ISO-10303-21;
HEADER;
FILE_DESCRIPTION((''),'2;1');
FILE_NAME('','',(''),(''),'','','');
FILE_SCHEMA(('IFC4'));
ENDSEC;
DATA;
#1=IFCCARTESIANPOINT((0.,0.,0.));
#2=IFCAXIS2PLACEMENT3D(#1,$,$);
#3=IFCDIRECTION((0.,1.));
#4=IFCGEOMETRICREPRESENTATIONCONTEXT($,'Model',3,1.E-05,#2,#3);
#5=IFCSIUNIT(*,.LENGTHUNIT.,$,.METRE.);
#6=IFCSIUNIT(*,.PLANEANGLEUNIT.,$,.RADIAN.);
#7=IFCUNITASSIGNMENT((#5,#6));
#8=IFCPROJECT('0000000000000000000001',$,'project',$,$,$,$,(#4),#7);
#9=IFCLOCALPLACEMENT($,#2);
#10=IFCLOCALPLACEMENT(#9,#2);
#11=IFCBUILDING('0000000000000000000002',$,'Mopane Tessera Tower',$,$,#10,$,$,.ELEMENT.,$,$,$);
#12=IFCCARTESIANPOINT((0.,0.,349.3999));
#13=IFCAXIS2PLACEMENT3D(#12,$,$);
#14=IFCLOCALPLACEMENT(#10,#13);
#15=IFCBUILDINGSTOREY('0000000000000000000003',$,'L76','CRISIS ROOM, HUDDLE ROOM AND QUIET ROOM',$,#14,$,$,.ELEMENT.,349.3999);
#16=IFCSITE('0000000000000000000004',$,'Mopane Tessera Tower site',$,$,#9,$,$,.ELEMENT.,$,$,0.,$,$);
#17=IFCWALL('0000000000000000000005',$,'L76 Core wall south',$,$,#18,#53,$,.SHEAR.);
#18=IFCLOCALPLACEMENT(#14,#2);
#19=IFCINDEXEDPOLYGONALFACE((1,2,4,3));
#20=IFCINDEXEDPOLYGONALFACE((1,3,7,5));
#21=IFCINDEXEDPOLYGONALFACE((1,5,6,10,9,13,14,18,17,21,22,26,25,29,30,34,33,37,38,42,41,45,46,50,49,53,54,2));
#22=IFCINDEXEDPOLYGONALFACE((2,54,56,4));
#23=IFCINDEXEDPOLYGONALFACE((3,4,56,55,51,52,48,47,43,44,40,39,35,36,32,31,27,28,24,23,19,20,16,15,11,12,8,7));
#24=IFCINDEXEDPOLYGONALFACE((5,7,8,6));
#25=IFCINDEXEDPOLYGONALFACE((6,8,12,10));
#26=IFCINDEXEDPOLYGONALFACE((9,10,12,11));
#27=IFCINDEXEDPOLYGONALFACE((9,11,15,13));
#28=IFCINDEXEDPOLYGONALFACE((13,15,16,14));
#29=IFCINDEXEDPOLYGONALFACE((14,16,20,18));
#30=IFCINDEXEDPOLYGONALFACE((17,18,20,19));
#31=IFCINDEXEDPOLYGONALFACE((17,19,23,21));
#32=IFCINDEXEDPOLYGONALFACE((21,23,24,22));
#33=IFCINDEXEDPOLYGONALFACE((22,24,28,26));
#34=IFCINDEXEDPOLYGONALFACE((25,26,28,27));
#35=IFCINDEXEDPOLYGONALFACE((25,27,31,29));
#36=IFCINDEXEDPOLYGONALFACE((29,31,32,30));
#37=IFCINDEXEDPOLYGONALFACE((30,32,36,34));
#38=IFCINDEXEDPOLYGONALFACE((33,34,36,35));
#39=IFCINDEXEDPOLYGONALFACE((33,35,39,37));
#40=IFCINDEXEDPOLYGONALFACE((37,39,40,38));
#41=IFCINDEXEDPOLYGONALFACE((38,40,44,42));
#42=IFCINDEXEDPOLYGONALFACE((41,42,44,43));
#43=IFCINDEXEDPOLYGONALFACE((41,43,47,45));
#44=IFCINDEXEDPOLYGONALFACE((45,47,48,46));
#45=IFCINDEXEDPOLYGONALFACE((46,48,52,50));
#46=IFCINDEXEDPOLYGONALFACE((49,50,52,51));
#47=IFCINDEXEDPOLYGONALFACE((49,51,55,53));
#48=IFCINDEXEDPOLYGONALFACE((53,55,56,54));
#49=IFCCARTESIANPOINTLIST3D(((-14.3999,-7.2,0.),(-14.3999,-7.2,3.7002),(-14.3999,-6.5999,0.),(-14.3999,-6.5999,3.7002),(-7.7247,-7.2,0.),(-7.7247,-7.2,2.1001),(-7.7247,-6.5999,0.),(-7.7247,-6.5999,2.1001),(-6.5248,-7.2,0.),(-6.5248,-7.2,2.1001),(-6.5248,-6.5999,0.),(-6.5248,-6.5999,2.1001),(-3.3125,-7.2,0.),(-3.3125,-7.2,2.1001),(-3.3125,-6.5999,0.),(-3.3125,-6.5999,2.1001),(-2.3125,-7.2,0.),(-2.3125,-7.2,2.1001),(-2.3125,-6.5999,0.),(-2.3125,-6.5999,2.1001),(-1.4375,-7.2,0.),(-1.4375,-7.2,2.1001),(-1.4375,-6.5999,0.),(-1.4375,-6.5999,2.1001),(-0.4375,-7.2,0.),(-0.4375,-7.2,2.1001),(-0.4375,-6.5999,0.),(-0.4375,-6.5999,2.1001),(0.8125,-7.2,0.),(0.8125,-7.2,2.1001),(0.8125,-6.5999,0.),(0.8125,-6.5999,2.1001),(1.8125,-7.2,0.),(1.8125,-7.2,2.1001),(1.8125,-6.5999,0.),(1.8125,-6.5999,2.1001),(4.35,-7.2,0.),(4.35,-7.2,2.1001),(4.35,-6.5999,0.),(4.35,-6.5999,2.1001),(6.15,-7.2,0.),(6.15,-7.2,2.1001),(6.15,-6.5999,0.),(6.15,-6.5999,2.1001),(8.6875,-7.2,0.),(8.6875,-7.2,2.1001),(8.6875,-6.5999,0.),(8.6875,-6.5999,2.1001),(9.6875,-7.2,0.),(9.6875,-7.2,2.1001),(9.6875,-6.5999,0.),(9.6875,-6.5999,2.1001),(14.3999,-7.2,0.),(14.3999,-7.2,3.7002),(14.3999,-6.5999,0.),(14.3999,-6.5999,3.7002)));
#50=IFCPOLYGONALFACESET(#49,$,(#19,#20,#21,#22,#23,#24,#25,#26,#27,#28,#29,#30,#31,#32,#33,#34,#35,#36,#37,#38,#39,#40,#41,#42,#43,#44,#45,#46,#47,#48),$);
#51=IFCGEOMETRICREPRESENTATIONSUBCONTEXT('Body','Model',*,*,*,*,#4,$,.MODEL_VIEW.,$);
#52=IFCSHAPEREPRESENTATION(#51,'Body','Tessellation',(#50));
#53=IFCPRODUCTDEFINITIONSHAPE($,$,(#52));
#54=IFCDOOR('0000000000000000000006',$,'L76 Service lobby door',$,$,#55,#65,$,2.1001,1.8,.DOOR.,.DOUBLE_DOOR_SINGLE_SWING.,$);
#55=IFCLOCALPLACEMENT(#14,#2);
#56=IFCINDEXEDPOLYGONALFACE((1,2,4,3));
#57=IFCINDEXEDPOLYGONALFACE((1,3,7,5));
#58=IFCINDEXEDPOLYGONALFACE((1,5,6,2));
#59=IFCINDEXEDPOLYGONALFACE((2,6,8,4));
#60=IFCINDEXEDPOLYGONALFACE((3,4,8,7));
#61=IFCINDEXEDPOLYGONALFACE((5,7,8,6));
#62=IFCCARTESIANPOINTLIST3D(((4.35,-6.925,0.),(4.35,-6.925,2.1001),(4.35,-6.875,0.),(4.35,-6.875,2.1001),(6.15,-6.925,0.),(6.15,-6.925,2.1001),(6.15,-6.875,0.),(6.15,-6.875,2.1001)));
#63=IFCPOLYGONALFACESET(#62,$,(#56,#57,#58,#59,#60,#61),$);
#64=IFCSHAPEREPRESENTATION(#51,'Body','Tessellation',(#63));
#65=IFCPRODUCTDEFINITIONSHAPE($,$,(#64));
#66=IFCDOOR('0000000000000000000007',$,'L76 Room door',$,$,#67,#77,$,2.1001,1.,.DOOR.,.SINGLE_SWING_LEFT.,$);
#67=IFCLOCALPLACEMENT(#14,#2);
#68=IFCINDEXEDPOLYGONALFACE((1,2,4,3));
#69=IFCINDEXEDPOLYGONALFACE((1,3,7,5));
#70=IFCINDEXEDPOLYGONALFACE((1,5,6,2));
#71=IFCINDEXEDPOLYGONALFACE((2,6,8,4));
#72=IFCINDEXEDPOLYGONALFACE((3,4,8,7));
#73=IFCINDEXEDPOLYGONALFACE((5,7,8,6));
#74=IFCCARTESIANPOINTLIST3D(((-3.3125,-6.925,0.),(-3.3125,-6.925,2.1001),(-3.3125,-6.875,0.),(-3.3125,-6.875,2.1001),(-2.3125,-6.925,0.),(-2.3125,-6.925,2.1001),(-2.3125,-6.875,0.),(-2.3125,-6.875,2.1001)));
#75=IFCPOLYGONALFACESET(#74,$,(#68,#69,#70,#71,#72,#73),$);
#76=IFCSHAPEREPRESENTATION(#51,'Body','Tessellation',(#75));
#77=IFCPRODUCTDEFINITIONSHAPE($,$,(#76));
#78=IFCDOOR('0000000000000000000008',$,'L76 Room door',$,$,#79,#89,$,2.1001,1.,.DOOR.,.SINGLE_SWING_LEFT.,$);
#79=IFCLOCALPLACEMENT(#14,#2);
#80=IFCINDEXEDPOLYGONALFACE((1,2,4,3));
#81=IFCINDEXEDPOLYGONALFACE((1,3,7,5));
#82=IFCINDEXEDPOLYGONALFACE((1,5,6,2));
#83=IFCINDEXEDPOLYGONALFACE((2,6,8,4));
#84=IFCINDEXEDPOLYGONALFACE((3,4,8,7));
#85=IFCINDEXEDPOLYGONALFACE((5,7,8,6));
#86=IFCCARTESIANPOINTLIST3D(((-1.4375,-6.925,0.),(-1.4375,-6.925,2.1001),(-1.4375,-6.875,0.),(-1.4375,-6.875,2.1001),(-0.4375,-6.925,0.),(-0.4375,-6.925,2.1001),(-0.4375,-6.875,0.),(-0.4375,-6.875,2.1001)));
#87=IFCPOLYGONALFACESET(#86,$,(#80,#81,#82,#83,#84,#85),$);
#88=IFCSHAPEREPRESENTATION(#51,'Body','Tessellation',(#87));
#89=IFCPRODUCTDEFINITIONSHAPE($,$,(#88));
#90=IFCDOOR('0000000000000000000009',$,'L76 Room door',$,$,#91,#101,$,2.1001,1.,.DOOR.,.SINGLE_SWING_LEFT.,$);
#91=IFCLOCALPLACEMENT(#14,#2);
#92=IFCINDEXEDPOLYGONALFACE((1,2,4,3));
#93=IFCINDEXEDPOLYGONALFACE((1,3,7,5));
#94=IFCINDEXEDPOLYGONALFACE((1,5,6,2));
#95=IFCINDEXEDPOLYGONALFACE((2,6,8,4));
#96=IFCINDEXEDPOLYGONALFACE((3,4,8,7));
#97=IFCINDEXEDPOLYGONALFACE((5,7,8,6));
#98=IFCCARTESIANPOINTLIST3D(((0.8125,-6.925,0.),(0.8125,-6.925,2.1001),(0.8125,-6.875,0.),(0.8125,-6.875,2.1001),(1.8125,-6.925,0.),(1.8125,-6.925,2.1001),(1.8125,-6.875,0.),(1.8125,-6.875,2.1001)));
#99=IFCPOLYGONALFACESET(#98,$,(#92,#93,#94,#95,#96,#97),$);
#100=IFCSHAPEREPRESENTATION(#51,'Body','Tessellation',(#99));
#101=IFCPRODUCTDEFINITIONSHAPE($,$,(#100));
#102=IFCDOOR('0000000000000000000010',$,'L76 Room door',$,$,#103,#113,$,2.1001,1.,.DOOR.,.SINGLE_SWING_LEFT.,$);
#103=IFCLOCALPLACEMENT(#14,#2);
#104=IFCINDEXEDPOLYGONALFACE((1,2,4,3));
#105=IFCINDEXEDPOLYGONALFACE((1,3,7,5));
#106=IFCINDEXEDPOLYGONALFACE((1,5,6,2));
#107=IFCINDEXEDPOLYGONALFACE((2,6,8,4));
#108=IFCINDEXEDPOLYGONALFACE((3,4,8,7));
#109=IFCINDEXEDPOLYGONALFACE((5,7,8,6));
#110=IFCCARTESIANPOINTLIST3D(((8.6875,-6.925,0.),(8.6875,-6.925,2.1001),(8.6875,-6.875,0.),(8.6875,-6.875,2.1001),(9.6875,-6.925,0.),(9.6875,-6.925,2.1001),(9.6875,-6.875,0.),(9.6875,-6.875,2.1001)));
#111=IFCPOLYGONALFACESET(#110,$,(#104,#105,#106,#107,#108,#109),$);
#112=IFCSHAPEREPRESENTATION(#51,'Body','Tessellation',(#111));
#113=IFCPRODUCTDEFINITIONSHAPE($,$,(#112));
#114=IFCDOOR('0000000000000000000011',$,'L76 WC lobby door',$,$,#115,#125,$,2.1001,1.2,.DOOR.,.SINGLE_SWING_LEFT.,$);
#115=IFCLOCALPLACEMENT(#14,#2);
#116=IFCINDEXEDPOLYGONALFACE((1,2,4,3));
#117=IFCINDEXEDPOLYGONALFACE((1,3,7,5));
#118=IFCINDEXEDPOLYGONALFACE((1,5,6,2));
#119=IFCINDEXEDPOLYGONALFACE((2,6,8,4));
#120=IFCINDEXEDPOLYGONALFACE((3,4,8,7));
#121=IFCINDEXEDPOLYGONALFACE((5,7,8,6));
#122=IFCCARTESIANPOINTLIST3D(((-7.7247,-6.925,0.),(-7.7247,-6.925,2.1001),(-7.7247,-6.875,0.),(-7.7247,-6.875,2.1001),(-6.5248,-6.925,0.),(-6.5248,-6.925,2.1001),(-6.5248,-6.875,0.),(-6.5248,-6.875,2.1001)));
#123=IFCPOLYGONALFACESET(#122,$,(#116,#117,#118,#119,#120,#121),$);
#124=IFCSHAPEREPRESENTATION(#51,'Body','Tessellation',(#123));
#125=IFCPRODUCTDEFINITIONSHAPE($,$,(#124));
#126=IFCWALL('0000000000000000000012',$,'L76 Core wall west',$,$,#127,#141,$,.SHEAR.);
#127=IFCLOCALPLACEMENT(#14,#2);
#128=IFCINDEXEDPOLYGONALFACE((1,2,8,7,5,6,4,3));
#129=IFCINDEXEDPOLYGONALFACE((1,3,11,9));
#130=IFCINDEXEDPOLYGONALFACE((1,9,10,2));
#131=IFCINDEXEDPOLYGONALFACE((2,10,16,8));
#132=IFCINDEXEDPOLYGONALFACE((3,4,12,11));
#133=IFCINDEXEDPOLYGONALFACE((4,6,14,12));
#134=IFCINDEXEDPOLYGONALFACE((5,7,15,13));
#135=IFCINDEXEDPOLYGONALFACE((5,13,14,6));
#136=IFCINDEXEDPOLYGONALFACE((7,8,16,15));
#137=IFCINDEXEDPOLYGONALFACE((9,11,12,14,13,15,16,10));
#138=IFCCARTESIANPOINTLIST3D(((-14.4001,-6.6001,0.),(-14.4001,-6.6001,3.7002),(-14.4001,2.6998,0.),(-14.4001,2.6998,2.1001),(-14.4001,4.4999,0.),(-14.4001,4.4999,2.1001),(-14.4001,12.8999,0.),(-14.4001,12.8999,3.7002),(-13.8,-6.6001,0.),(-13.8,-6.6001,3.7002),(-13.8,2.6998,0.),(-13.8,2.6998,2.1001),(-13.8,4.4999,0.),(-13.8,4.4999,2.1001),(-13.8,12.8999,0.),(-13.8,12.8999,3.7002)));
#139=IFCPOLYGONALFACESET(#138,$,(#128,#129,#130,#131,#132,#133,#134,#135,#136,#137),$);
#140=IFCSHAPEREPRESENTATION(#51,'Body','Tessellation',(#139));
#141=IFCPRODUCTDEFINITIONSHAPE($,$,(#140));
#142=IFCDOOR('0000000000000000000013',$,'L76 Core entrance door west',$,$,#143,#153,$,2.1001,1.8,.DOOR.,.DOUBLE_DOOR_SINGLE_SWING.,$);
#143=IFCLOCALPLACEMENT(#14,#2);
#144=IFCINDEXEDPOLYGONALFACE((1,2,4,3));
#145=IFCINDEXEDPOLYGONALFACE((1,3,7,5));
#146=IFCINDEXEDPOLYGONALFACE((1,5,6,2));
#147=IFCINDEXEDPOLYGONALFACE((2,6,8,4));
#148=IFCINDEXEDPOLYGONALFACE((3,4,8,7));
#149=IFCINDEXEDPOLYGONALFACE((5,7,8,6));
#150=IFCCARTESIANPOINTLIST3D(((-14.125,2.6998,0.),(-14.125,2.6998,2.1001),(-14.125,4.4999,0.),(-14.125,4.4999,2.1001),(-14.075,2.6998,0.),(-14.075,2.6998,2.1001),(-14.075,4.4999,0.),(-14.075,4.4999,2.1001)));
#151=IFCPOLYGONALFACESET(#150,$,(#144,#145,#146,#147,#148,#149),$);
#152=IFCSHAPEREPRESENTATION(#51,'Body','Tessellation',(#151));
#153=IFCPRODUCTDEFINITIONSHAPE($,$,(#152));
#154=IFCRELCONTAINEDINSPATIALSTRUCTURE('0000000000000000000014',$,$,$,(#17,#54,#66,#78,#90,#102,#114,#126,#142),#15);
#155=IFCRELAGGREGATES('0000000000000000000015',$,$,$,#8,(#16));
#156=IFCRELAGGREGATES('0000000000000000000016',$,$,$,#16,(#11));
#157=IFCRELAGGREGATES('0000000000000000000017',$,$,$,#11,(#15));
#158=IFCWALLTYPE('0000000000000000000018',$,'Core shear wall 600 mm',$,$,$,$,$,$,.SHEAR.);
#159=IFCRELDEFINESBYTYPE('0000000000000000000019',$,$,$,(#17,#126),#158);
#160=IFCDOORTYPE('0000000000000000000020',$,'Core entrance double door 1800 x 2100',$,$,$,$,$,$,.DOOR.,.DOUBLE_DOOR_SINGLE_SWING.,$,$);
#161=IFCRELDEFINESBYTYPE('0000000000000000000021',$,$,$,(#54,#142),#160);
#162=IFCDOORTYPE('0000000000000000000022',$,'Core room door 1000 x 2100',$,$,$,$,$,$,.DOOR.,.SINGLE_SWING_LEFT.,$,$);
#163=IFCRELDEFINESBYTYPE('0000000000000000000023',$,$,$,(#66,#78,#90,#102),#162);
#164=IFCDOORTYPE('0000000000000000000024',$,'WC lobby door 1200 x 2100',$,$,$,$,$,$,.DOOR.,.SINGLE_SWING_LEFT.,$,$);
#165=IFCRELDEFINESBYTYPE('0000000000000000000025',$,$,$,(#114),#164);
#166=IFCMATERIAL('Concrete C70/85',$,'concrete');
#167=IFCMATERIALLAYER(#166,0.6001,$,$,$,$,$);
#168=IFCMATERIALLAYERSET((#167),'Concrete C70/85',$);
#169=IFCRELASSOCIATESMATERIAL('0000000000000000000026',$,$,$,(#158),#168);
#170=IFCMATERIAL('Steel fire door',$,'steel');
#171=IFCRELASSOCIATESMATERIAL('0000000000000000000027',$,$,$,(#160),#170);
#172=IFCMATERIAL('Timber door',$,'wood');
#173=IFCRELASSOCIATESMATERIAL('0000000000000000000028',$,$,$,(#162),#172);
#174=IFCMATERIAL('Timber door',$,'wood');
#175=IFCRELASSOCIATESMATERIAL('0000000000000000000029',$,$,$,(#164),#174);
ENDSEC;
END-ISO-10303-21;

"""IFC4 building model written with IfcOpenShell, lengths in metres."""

from ifc_helpers import new_model, si_unit, direction, frame, frame_2d, origin, place, context, subcontext, project, spatial, rectangle, extrude, material, layer, layer_set, type_object, element, fill, save


model = new_model("IFC4")

# Units and contexts
model_context = context("Model", 3, precision=1e-05, world=origin(), true_north=direction((0.0, 1.0)))
body_context = subcontext(model_context, "Body", "Model", "MODEL_VIEW")
ifc_project = project(units=[si_unit("LENGTHUNIT", "METRE"), si_unit("PLANEANGLEUNIT", "RADIAN")], contexts=[model_context])

# Site, building, storey
site_placement = place(None, origin())
site = spatial("IfcSite", under=ifc_project, at=site_placement, Name="Mopane Tessera Tower site", CompositionType="ELEMENT", RefElevation=0.0)
building_placement = place(site_placement, origin())
building = spatial("IfcBuilding", under=site, at=building_placement, Name="Mopane Tessera Tower", CompositionType="ELEMENT")
storey_placement = place(building_placement, frame((0.0, 0.0, 349.3999)))
storey = spatial("IfcBuildingStorey", under=building, at=storey_placement, Name="L76", Description="CRISIS ROOM, HUDDLE ROOM AND QUIET ROOM", CompositionType="ELEMENT", Elevation=349.3999)

# Wall, openings, doors
ifc_material_1 = material(Name="Concrete C70/85", Category="concrete")
ifc_layer_1 = layer(ifc_material_1, 0.6001)
ifc_layer_set_1 = layer_set([ifc_layer_1], Name="Concrete C70/85")
wall_type_1 = type_object("IfcWallType", Name="Core shear wall 600 mm", PredefinedType="SHEAR", material=ifc_layer_set_1)
wall_1_placement = place(storey_placement, frame((-14.3999, -6.8999, 0.0), z_axis=(0.0, 0.0, 1.0), x_axis=(1.0, 0.0, 0.0)))
wall_1 = element("IfcWall", 1, at=wall_1_placement, inside=storey, type_object=wall_type_1, Name="L76 Core wall south", PredefinedType="SHEAR", context=body_context, shape_type="SweptSolid", body=[
    extrude(rectangle(XDim=28.7998, YDim=0.6001, at=frame_2d((14.3999, 0.0))), origin(), (0.0, 0.0, 1.0), 3.7002),
])
opening_1_placement = place(wall_1_placement, frame((6.675, 0.0, 0.0)))
opening_1 = element("IfcOpeningElement", 2, at=opening_1_placement, cuts=wall_1, PredefinedType="OPENING", context=body_context, shape_type="SweptSolid", body=[
    extrude(rectangle(XDim=1.2, YDim=2.1001, at=frame_2d((0.6001, 1.05))), frame((0.0, 0.312, 0.0), z_axis=(0.0, -1.0, 0.0), x_axis=(1.0, 0.0, 0.0)), (0.0, 0.0, 1.0), 0.624),
])
opening_2_placement = place(wall_1_placement, frame((11.0874, 0.0, 0.0)))
opening_2 = element("IfcOpeningElement", 3, at=opening_2_placement, cuts=wall_1, PredefinedType="OPENING", context=body_context, shape_type="SweptSolid", body=[
    extrude(rectangle(XDim=1.0, YDim=2.1001, at=frame_2d((0.5, 1.05))), frame((0.0, 0.312, 0.0), z_axis=(0.0, -1.0, 0.0), x_axis=(1.0, 0.0, 0.0)), (0.0, 0.0, 1.0), 0.624),
])
opening_3_placement = place(wall_1_placement, frame((12.9624, 0.0, 0.0)))
opening_3 = element("IfcOpeningElement", 4, at=opening_3_placement, cuts=wall_1, PredefinedType="OPENING", context=body_context, shape_type="SweptSolid", body=[
    extrude(rectangle(XDim=1.0, YDim=2.1001, at=frame_2d((0.5, 1.05))), frame((0.0, 0.312, 0.0), z_axis=(0.0, -1.0, 0.0), x_axis=(1.0, 0.0, 0.0)), (0.0, 0.0, 1.0), 0.624),
])
opening_4_placement = place(wall_1_placement, frame((15.2124, 0.0, 0.0)))
opening_4 = element("IfcOpeningElement", 5, at=opening_4_placement, cuts=wall_1, PredefinedType="OPENING", context=body_context, shape_type="SweptSolid", body=[
    extrude(rectangle(XDim=1.0, YDim=2.1001, at=frame_2d((0.5, 1.05))), frame((0.0, 0.312, 0.0), z_axis=(0.0, -1.0, 0.0), x_axis=(1.0, 0.0, 0.0)), (0.0, 0.0, 1.0), 0.624),
])
opening_5_placement = place(wall_1_placement, frame((18.75, 0.0, 0.0)))
opening_5 = element("IfcOpeningElement", 6, at=opening_5_placement, cuts=wall_1, PredefinedType="OPENING", context=body_context, shape_type="SweptSolid", body=[
    extrude(rectangle(XDim=1.8, YDim=2.1001, at=frame_2d((0.8999, 1.05))), frame((0.0, 0.312, 0.0), z_axis=(0.0, -1.0, 0.0), x_axis=(1.0, 0.0, 0.0)), (0.0, 0.0, 1.0), 0.624),
])
opening_6_placement = place(wall_1_placement, frame((23.0874, 0.0, 0.0)))
opening_6 = element("IfcOpeningElement", 7, at=opening_6_placement, cuts=wall_1, PredefinedType="OPENING", context=body_context, shape_type="SweptSolid", body=[
    extrude(rectangle(XDim=1.0, YDim=2.1001, at=frame_2d((0.5, 1.05))), frame((0.0, 0.312, 0.0), z_axis=(0.0, -1.0, 0.0), x_axis=(1.0, 0.0, 0.0)), (0.0, 0.0, 1.0), 0.624),
])
ifc_material_2 = material(Name="Steel fire door", Category="steel")
door_type_1 = type_object("IfcDoorType", Name="Core entrance double door 1800 x 2100", OperationType="DOUBLE_DOOR_SINGLE_SWING", PredefinedType="DOOR", material=ifc_material_2)
door_1_placement = place(opening_5_placement, origin())
door_1 = element("IfcDoor", 8, at=door_1_placement, inside=storey, type_object=door_type_1, Name="L76 Service lobby door", OperationType="DOUBLE_DOOR_SINGLE_SWING", OverallHeight=2.1001, OverallWidth=1.8, PredefinedType="DOOR", context=body_context, shape_type="SweptSolid", body=[
    extrude(rectangle(XDim=1.8, YDim=2.1001, at=frame_2d((0.8999, 1.05))), frame((0.0, 0.0249, 0.0), z_axis=(0.0, -1.0, 0.0), x_axis=(1.0, 0.0, 0.0)), (0.0, 0.0, 1.0), 0.05),
])
fill(opening_5, door_1)
ifc_material_3 = material(Name="Timber door", Category="wood")
door_type_2 = type_object("IfcDoorType", Name="Core room door 1000 x 2100", OperationType="SINGLE_SWING_LEFT", PredefinedType="DOOR", material=ifc_material_3)
door_2_placement = place(opening_2_placement, origin())
door_2 = element("IfcDoor", 9, at=door_2_placement, inside=storey, type_object=door_type_2, Name="L76 Room door", OperationType="SINGLE_SWING_LEFT", OverallHeight=2.1001, OverallWidth=1.0, PredefinedType="DOOR", context=body_context, shape_type="SweptSolid", body=[
    extrude(rectangle(XDim=1.0, YDim=2.1001, at=frame_2d((0.5, 1.05))), frame((0.0, 0.0249, 0.0), z_axis=(0.0, -1.0, 0.0), x_axis=(1.0, 0.0, 0.0)), (0.0, 0.0, 1.0), 0.05),
])
fill(opening_2, door_2)
door_3_placement = place(opening_3_placement, origin())
door_3 = element("IfcDoor", 10, at=door_3_placement, inside=storey, type_object=door_type_2, Name="L76 Room door", OperationType="SINGLE_SWING_LEFT", OverallHeight=2.1001, OverallWidth=1.0, PredefinedType="DOOR", context=body_context, shape_type="SweptSolid", body=[
    extrude(rectangle(XDim=1.0, YDim=2.1001, at=frame_2d((0.5, 1.05))), frame((0.0, 0.0249, 0.0), z_axis=(0.0, -1.0, 0.0), x_axis=(1.0, 0.0, 0.0)), (0.0, 0.0, 1.0), 0.05),
])
fill(opening_3, door_3)
door_4_placement = place(opening_4_placement, origin())
door_4 = element("IfcDoor", 11, at=door_4_placement, inside=storey, type_object=door_type_2, Name="L76 Room door", OperationType="SINGLE_SWING_LEFT", OverallHeight=2.1001, OverallWidth=1.0, PredefinedType="DOOR", context=body_context, shape_type="SweptSolid", body=[
    extrude(rectangle(XDim=1.0, YDim=2.1001, at=frame_2d((0.5, 1.05))), frame((0.0, 0.0249, 0.0), z_axis=(0.0, -1.0, 0.0), x_axis=(1.0, 0.0, 0.0)), (0.0, 0.0, 1.0), 0.05),
])
fill(opening_4, door_4)
door_5_placement = place(opening_6_placement, origin())
door_5 = element("IfcDoor", 12, at=door_5_placement, inside=storey, type_object=door_type_2, Name="L76 Room door", OperationType="SINGLE_SWING_LEFT", OverallHeight=2.1001, OverallWidth=1.0, PredefinedType="DOOR", context=body_context, shape_type="SweptSolid", body=[
    extrude(rectangle(XDim=1.0, YDim=2.1001, at=frame_2d((0.5, 1.05))), frame((0.0, 0.0249, 0.0), z_axis=(0.0, -1.0, 0.0), x_axis=(1.0, 0.0, 0.0)), (0.0, 0.0, 1.0), 0.05),
])
fill(opening_6, door_5)
ifc_material_4 = material(Name="Timber door", Category="wood")
door_type_3 = type_object("IfcDoorType", Name="WC lobby door 1200 x 2100", OperationType="SINGLE_SWING_LEFT", PredefinedType="DOOR", material=ifc_material_4)
door_6_placement = place(opening_1_placement, origin())
door_6 = element("IfcDoor", 13, at=door_6_placement, inside=storey, type_object=door_type_3, Name="L76 WC lobby door", OperationType="SINGLE_SWING_LEFT", OverallHeight=2.1001, OverallWidth=1.2, PredefinedType="DOOR", context=body_context, shape_type="SweptSolid", body=[
    extrude(rectangle(XDim=1.2, YDim=2.1001, at=frame_2d((0.6001, 1.05))), frame((0.0, 0.0249, 0.0), z_axis=(0.0, -1.0, 0.0), x_axis=(1.0, 0.0, 0.0)), (0.0, 0.0, 1.0), 0.05),
])
fill(opening_1, door_6)

# Wall, opening, door
wall_2_placement = place(storey_placement, frame((-14.1001, -6.6001, 0.0), z_axis=(0.0, 0.0, 1.0), x_axis=(0.0, 1.0, 0.0)))
wall_2 = element("IfcWall", 14, at=wall_2_placement, inside=storey, type_object=wall_type_1, Name="L76 Core wall west", PredefinedType="SHEAR", context=body_context, shape_type="SweptSolid", body=[
    extrude(rectangle(XDim=19.5, YDim=0.6001, at=frame_2d((9.75, 0.0))), origin(), (0.0, 0.0, 1.0), 3.7002),
])
opening_7_placement = place(wall_2_placement, frame((9.3, 0.0, 0.0)))
opening_7 = element("IfcOpeningElement", 15, at=opening_7_placement, cuts=wall_2, PredefinedType="OPENING", context=body_context, shape_type="SweptSolid", body=[
    extrude(rectangle(XDim=1.8, YDim=2.1001, at=frame_2d((0.8999, 1.05))), frame((0.0, 0.312, 0.0), z_axis=(0.0, -1.0, 0.0), x_axis=(1.0, 0.0, 0.0)), (0.0, 0.0, 1.0), 0.624),
])
door_7_placement = place(opening_7_placement, origin())
door_7 = element("IfcDoor", 16, at=door_7_placement, inside=storey, type_object=door_type_1, Name="L76 Core entrance door west", OperationType="DOUBLE_DOOR_SINGLE_SWING", OverallHeight=2.1001, OverallWidth=1.8, PredefinedType="DOOR", context=body_context, shape_type="SweptSolid", body=[
    extrude(rectangle(XDim=1.8, YDim=2.1001, at=frame_2d((0.8999, 1.05))), frame((0.0, 0.0249, 0.0), z_axis=(0.0, -1.0, 0.0), x_axis=(1.0, 0.0, 0.0)), (0.0, 0.0, 1.0), 0.05),
])
fill(opening_7, door_7)

save(model, "model.ifc")
